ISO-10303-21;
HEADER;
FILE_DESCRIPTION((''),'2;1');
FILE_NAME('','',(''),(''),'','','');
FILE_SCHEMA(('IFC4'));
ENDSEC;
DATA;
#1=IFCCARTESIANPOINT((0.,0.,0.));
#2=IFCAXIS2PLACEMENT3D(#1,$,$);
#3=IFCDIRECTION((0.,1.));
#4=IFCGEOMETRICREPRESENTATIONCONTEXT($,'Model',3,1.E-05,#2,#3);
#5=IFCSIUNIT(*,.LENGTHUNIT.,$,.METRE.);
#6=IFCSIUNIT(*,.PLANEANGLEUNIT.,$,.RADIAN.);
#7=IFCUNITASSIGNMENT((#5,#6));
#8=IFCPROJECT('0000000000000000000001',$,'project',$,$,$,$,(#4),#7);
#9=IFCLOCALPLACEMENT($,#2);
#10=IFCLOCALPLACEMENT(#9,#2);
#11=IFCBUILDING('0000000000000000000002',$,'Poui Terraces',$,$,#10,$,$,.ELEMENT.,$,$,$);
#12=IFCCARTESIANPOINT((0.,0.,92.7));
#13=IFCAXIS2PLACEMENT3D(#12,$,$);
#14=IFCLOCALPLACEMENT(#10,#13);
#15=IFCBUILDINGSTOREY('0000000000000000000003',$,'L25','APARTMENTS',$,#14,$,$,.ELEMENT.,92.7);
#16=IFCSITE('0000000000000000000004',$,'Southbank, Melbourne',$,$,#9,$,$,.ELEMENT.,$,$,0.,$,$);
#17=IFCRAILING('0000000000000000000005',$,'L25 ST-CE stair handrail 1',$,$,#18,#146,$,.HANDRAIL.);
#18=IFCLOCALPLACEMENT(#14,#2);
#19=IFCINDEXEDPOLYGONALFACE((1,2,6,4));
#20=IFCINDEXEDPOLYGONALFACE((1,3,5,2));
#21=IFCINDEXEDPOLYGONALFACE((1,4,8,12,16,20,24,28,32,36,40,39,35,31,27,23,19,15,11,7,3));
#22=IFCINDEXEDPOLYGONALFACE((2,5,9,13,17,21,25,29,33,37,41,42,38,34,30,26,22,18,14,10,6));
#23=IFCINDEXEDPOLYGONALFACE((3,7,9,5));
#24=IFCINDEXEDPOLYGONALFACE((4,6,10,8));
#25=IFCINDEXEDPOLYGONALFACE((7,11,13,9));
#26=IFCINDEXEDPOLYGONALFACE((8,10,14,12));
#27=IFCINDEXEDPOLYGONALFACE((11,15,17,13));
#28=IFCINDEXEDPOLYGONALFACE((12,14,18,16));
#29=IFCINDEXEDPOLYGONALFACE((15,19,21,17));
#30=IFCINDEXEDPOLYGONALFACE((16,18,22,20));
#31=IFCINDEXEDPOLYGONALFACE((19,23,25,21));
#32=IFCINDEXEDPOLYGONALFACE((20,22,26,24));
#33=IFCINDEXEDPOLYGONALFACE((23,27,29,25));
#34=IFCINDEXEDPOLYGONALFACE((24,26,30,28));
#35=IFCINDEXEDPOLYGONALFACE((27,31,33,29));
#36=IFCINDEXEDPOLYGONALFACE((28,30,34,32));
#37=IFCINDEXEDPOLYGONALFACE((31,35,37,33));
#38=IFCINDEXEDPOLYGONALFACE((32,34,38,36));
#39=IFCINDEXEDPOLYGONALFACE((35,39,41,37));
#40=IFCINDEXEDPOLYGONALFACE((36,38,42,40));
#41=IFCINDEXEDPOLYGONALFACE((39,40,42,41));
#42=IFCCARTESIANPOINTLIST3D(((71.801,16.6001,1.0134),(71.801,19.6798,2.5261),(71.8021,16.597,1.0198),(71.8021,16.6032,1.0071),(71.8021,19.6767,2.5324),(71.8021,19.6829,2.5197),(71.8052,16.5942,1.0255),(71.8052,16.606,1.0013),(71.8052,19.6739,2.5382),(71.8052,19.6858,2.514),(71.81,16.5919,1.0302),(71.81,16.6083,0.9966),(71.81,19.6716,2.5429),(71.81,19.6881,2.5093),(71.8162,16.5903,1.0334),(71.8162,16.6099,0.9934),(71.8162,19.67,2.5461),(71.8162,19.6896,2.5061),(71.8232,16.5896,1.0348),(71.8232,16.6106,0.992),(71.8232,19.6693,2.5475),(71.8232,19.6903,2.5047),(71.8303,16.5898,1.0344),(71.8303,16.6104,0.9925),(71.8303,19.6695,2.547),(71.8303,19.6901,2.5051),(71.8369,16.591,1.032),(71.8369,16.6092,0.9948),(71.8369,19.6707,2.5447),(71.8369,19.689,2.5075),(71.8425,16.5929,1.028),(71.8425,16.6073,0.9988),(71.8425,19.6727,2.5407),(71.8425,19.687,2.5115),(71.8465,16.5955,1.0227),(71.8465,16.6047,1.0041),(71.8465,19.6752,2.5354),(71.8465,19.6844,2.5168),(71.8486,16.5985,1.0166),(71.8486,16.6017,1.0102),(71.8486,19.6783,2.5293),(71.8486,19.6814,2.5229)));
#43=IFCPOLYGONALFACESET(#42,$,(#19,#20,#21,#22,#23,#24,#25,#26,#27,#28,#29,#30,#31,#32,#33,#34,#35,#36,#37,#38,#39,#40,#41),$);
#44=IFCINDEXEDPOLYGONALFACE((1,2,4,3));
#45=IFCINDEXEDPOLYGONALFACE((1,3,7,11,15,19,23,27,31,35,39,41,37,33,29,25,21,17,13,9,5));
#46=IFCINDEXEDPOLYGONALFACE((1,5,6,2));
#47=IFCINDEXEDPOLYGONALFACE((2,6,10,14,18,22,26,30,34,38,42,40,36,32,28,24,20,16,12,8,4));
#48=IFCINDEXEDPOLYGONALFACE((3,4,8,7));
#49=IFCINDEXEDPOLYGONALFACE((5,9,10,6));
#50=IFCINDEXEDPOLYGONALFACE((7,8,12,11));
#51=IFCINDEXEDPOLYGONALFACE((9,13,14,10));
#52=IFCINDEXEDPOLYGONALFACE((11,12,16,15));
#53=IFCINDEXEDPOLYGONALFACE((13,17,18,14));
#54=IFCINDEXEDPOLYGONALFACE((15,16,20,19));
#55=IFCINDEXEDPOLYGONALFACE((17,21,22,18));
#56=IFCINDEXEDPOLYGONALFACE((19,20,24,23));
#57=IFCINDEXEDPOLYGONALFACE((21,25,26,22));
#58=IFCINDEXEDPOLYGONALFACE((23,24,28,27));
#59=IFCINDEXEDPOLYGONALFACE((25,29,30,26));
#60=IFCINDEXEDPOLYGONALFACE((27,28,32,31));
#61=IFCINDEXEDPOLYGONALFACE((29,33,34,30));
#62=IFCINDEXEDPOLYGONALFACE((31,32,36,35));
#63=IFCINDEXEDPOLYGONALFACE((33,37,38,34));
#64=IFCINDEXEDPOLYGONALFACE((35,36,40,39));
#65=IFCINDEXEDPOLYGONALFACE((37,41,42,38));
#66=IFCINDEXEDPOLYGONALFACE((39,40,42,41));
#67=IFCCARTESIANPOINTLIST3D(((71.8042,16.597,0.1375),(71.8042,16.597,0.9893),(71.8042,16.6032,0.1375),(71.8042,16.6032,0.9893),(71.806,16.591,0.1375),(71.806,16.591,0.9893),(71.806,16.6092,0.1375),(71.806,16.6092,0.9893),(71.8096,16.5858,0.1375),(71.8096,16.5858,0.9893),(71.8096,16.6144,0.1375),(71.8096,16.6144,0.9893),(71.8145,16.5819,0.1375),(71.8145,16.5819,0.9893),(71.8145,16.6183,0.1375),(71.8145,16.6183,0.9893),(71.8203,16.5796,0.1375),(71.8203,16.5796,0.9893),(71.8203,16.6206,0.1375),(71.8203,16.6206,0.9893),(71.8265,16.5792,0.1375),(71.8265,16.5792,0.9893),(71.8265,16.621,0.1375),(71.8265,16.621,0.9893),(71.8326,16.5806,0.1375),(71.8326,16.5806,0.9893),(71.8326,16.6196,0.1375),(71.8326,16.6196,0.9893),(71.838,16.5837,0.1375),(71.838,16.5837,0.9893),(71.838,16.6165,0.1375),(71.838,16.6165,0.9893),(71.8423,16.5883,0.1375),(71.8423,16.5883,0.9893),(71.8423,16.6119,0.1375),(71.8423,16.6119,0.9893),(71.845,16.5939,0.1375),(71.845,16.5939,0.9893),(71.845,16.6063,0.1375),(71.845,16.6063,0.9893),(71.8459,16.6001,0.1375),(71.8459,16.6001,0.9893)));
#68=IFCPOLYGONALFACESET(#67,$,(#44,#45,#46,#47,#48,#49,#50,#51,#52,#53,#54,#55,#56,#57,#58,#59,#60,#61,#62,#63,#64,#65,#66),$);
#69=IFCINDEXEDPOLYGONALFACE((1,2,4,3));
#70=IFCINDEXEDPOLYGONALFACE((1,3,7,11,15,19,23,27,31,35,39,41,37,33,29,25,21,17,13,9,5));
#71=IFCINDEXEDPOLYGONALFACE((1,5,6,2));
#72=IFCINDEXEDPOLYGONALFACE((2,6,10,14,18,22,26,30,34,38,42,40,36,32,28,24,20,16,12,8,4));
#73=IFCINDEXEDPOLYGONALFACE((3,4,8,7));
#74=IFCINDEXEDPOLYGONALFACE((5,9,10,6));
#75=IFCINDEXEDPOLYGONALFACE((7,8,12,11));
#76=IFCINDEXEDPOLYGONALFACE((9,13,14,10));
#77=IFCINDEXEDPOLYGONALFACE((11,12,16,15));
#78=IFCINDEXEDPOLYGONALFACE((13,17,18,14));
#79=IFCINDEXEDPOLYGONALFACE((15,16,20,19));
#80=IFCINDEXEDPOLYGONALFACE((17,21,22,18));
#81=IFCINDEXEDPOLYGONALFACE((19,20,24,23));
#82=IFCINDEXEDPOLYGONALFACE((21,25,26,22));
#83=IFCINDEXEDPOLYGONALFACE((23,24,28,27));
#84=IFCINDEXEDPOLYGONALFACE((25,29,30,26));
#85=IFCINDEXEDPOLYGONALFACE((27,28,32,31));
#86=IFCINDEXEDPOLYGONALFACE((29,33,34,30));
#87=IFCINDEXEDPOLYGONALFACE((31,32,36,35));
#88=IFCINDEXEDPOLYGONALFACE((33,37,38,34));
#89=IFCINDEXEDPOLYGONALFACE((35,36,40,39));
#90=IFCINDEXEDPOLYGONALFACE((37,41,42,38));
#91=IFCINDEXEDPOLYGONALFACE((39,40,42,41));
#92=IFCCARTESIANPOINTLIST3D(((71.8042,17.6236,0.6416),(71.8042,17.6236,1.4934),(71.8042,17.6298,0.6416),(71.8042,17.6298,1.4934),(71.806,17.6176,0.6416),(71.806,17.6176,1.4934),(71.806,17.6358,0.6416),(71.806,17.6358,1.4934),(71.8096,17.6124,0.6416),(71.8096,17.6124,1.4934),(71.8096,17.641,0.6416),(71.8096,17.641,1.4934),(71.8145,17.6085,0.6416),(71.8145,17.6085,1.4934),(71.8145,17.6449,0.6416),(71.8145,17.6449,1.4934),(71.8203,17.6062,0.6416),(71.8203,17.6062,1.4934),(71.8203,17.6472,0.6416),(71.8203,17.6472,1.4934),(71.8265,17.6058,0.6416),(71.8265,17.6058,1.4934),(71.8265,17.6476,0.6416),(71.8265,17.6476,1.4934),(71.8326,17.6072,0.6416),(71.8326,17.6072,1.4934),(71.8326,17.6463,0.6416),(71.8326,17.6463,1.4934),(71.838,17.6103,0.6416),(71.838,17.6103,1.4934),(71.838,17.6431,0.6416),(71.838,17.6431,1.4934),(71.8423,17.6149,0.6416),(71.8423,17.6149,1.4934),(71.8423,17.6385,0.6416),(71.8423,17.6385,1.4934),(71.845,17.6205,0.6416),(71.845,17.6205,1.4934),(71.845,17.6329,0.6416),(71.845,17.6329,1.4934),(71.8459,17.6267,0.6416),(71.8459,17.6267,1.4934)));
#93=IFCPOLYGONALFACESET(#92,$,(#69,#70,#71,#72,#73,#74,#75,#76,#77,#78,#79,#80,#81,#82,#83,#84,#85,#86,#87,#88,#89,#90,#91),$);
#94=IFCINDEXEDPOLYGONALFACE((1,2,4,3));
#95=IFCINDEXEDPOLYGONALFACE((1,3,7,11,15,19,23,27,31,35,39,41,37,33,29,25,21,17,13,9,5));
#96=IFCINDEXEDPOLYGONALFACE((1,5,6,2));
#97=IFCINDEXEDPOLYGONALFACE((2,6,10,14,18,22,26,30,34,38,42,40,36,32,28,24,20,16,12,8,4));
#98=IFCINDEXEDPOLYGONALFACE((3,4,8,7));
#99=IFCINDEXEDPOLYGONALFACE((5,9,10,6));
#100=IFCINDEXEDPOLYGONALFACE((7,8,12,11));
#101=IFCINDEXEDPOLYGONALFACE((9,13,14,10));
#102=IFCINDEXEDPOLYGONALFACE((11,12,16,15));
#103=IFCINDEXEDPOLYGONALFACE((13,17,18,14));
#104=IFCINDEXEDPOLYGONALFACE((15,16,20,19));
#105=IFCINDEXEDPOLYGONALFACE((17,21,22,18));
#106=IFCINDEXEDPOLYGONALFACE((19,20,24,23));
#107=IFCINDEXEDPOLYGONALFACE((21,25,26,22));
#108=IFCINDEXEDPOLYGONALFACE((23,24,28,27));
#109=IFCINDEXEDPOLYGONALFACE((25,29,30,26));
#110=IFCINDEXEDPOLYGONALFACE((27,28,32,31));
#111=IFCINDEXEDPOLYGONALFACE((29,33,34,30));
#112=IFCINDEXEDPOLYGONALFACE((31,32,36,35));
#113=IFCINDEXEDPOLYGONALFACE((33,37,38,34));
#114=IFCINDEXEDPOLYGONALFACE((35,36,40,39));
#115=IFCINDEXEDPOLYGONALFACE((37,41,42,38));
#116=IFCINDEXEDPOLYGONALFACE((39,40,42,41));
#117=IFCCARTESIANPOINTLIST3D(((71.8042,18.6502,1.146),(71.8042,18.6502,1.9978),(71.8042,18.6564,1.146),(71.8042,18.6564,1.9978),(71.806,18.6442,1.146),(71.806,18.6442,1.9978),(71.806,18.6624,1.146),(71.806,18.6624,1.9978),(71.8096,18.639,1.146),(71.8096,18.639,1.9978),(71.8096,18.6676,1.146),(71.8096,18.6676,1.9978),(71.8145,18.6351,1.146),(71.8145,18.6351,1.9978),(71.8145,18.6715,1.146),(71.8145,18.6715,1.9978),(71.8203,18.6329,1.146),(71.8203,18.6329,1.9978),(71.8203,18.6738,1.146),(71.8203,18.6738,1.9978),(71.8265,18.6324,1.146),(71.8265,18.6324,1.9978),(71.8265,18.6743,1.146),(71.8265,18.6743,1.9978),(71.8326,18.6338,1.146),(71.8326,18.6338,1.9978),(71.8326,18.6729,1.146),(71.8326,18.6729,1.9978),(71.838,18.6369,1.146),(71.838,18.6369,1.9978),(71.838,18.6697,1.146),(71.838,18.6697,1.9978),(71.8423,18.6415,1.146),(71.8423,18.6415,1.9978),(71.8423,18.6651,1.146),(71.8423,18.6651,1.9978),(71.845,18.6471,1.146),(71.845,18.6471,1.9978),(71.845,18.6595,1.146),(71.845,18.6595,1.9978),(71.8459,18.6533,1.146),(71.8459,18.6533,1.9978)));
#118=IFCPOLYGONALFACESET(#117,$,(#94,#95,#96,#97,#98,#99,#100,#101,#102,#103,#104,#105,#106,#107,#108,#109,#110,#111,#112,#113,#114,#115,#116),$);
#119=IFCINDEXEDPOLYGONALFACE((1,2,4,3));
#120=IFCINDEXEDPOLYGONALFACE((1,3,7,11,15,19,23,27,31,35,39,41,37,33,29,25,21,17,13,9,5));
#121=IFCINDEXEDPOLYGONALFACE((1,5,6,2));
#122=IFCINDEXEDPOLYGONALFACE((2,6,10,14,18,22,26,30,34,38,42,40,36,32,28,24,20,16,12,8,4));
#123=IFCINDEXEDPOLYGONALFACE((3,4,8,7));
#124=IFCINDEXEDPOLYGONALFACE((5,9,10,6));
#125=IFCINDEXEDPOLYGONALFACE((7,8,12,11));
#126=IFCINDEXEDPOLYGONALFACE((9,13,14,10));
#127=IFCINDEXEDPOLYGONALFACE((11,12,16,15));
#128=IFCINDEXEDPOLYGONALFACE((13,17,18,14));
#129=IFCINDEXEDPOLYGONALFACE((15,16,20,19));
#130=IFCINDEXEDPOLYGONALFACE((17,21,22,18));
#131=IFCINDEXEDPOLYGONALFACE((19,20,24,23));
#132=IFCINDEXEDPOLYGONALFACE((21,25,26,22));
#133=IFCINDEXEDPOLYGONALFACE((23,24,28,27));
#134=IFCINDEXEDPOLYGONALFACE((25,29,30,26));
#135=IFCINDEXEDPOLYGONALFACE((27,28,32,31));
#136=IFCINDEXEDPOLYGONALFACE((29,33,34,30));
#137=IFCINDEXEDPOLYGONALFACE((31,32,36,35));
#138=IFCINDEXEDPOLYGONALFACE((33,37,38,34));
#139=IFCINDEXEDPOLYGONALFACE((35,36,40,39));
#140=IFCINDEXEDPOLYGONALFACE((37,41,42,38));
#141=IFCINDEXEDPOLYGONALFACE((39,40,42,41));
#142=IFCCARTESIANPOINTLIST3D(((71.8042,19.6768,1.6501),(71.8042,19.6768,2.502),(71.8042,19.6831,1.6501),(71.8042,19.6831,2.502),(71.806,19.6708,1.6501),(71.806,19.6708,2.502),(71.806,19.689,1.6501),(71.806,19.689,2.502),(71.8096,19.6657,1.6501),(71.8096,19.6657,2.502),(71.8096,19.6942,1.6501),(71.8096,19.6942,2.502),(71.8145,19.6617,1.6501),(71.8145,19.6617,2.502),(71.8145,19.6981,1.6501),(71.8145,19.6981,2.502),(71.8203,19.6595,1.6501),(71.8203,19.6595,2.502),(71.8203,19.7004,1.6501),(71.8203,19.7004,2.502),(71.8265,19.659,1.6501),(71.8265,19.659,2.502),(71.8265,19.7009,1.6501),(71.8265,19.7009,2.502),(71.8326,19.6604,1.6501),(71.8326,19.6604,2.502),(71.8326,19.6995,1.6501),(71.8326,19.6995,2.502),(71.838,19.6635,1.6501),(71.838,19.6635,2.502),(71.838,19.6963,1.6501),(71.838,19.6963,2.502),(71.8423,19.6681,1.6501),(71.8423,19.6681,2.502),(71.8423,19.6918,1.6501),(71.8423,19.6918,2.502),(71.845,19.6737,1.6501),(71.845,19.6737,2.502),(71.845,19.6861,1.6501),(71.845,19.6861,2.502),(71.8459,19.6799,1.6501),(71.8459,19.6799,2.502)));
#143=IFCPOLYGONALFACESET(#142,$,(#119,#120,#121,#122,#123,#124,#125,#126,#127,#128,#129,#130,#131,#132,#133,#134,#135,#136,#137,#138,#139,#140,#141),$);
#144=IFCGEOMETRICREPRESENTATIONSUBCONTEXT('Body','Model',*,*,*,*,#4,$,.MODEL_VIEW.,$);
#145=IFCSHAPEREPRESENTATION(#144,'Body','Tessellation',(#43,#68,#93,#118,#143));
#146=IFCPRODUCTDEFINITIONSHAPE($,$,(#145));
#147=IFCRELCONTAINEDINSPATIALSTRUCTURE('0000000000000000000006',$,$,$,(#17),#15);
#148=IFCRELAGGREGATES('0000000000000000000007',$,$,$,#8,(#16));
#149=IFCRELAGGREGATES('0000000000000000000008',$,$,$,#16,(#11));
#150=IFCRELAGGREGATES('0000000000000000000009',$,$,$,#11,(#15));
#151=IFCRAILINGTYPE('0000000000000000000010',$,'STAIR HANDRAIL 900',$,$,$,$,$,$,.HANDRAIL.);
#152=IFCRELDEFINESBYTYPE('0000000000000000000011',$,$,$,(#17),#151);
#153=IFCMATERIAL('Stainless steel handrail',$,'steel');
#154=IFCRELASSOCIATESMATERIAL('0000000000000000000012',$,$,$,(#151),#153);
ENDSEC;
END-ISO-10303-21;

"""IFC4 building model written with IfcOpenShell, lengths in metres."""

from ifc_helpers import new_model, si_unit, direction, frame, origin, origin_2d, place, context, subcontext, project, spatial, circle, extrude, material, type_object, element, save


model = new_model("IFC4")

# Units and contexts
model_context = context("Model", 3, precision=1e-05, world=origin(), true_north=direction((0.0, 1.0)))
body_context = subcontext(model_context, "Body", "Model", "MODEL_VIEW")
ifc_project = project(units=[si_unit("LENGTHUNIT", "METRE"), si_unit("PLANEANGLEUNIT", "RADIAN")], contexts=[model_context])

# Site, building, storey
site_placement = place(None, origin())
site = spatial("IfcSite", under=ifc_project, at=site_placement, Name="Southbank, Melbourne", CompositionType="ELEMENT", RefElevation=0.0)
building_placement = place(site_placement, origin())
building = spatial("IfcBuilding", under=site, at=building_placement, Name="Poui Terraces", CompositionType="ELEMENT")
storey_placement = place(building_placement, frame((0.0, 0.0, 92.7)))
storey = spatial("IfcBuildingStorey", under=building, at=storey_placement, Name="L25", Description="APARTMENTS", CompositionType="ELEMENT", Elevation=92.7)

# Railing
ifc_material_1 = material(Name="Stainless steel handrail", Category="steel")
railing_type_1 = type_object("IfcRailingType", Name="STAIR HANDRAIL 900", PredefinedType="HANDRAIL", material=ifc_material_1)
railing_1_placement = place(storey_placement, frame((71.825, 16.6001, 0.1375)))
element("IfcRailing", 1, at=railing_1_placement, inside=storey, type_object=railing_type_1, Name="L25 ST-CE stair handrail 1", PredefinedType="HANDRAIL", context=body_context, shape_type="SweptSolid", body=[
    extrude(circle(Radius=0.0239, at=origin_2d()), frame((0.0, 0.0, 0.876), z_axis=(0.0, 0.897578, 0.440856), x_axis=(-1.0, 0.0, 0.0)), (0.0, 0.0, 1.0), 3.4312),
    extrude(circle(Radius=0.021, at=origin_2d()), origin(), (0.0, 0.0, 1.0), 0.8518),
    extrude(circle(Radius=0.021, at=origin_2d()), frame((0.0, 1.0266, 0.5042)), (0.0, 0.0, 1.0), 0.8518),
    extrude(circle(Radius=0.021, at=origin_2d()), frame((0.0, 2.0532, 1.0085)), (0.0, 0.0, 1.0), 0.8518),
    extrude(circle(Radius=0.021, at=origin_2d()), frame((0.0, 3.0798, 1.5127)), (0.0, 0.0, 1.0), 0.8518),
])

save(model, "model.ifc")
